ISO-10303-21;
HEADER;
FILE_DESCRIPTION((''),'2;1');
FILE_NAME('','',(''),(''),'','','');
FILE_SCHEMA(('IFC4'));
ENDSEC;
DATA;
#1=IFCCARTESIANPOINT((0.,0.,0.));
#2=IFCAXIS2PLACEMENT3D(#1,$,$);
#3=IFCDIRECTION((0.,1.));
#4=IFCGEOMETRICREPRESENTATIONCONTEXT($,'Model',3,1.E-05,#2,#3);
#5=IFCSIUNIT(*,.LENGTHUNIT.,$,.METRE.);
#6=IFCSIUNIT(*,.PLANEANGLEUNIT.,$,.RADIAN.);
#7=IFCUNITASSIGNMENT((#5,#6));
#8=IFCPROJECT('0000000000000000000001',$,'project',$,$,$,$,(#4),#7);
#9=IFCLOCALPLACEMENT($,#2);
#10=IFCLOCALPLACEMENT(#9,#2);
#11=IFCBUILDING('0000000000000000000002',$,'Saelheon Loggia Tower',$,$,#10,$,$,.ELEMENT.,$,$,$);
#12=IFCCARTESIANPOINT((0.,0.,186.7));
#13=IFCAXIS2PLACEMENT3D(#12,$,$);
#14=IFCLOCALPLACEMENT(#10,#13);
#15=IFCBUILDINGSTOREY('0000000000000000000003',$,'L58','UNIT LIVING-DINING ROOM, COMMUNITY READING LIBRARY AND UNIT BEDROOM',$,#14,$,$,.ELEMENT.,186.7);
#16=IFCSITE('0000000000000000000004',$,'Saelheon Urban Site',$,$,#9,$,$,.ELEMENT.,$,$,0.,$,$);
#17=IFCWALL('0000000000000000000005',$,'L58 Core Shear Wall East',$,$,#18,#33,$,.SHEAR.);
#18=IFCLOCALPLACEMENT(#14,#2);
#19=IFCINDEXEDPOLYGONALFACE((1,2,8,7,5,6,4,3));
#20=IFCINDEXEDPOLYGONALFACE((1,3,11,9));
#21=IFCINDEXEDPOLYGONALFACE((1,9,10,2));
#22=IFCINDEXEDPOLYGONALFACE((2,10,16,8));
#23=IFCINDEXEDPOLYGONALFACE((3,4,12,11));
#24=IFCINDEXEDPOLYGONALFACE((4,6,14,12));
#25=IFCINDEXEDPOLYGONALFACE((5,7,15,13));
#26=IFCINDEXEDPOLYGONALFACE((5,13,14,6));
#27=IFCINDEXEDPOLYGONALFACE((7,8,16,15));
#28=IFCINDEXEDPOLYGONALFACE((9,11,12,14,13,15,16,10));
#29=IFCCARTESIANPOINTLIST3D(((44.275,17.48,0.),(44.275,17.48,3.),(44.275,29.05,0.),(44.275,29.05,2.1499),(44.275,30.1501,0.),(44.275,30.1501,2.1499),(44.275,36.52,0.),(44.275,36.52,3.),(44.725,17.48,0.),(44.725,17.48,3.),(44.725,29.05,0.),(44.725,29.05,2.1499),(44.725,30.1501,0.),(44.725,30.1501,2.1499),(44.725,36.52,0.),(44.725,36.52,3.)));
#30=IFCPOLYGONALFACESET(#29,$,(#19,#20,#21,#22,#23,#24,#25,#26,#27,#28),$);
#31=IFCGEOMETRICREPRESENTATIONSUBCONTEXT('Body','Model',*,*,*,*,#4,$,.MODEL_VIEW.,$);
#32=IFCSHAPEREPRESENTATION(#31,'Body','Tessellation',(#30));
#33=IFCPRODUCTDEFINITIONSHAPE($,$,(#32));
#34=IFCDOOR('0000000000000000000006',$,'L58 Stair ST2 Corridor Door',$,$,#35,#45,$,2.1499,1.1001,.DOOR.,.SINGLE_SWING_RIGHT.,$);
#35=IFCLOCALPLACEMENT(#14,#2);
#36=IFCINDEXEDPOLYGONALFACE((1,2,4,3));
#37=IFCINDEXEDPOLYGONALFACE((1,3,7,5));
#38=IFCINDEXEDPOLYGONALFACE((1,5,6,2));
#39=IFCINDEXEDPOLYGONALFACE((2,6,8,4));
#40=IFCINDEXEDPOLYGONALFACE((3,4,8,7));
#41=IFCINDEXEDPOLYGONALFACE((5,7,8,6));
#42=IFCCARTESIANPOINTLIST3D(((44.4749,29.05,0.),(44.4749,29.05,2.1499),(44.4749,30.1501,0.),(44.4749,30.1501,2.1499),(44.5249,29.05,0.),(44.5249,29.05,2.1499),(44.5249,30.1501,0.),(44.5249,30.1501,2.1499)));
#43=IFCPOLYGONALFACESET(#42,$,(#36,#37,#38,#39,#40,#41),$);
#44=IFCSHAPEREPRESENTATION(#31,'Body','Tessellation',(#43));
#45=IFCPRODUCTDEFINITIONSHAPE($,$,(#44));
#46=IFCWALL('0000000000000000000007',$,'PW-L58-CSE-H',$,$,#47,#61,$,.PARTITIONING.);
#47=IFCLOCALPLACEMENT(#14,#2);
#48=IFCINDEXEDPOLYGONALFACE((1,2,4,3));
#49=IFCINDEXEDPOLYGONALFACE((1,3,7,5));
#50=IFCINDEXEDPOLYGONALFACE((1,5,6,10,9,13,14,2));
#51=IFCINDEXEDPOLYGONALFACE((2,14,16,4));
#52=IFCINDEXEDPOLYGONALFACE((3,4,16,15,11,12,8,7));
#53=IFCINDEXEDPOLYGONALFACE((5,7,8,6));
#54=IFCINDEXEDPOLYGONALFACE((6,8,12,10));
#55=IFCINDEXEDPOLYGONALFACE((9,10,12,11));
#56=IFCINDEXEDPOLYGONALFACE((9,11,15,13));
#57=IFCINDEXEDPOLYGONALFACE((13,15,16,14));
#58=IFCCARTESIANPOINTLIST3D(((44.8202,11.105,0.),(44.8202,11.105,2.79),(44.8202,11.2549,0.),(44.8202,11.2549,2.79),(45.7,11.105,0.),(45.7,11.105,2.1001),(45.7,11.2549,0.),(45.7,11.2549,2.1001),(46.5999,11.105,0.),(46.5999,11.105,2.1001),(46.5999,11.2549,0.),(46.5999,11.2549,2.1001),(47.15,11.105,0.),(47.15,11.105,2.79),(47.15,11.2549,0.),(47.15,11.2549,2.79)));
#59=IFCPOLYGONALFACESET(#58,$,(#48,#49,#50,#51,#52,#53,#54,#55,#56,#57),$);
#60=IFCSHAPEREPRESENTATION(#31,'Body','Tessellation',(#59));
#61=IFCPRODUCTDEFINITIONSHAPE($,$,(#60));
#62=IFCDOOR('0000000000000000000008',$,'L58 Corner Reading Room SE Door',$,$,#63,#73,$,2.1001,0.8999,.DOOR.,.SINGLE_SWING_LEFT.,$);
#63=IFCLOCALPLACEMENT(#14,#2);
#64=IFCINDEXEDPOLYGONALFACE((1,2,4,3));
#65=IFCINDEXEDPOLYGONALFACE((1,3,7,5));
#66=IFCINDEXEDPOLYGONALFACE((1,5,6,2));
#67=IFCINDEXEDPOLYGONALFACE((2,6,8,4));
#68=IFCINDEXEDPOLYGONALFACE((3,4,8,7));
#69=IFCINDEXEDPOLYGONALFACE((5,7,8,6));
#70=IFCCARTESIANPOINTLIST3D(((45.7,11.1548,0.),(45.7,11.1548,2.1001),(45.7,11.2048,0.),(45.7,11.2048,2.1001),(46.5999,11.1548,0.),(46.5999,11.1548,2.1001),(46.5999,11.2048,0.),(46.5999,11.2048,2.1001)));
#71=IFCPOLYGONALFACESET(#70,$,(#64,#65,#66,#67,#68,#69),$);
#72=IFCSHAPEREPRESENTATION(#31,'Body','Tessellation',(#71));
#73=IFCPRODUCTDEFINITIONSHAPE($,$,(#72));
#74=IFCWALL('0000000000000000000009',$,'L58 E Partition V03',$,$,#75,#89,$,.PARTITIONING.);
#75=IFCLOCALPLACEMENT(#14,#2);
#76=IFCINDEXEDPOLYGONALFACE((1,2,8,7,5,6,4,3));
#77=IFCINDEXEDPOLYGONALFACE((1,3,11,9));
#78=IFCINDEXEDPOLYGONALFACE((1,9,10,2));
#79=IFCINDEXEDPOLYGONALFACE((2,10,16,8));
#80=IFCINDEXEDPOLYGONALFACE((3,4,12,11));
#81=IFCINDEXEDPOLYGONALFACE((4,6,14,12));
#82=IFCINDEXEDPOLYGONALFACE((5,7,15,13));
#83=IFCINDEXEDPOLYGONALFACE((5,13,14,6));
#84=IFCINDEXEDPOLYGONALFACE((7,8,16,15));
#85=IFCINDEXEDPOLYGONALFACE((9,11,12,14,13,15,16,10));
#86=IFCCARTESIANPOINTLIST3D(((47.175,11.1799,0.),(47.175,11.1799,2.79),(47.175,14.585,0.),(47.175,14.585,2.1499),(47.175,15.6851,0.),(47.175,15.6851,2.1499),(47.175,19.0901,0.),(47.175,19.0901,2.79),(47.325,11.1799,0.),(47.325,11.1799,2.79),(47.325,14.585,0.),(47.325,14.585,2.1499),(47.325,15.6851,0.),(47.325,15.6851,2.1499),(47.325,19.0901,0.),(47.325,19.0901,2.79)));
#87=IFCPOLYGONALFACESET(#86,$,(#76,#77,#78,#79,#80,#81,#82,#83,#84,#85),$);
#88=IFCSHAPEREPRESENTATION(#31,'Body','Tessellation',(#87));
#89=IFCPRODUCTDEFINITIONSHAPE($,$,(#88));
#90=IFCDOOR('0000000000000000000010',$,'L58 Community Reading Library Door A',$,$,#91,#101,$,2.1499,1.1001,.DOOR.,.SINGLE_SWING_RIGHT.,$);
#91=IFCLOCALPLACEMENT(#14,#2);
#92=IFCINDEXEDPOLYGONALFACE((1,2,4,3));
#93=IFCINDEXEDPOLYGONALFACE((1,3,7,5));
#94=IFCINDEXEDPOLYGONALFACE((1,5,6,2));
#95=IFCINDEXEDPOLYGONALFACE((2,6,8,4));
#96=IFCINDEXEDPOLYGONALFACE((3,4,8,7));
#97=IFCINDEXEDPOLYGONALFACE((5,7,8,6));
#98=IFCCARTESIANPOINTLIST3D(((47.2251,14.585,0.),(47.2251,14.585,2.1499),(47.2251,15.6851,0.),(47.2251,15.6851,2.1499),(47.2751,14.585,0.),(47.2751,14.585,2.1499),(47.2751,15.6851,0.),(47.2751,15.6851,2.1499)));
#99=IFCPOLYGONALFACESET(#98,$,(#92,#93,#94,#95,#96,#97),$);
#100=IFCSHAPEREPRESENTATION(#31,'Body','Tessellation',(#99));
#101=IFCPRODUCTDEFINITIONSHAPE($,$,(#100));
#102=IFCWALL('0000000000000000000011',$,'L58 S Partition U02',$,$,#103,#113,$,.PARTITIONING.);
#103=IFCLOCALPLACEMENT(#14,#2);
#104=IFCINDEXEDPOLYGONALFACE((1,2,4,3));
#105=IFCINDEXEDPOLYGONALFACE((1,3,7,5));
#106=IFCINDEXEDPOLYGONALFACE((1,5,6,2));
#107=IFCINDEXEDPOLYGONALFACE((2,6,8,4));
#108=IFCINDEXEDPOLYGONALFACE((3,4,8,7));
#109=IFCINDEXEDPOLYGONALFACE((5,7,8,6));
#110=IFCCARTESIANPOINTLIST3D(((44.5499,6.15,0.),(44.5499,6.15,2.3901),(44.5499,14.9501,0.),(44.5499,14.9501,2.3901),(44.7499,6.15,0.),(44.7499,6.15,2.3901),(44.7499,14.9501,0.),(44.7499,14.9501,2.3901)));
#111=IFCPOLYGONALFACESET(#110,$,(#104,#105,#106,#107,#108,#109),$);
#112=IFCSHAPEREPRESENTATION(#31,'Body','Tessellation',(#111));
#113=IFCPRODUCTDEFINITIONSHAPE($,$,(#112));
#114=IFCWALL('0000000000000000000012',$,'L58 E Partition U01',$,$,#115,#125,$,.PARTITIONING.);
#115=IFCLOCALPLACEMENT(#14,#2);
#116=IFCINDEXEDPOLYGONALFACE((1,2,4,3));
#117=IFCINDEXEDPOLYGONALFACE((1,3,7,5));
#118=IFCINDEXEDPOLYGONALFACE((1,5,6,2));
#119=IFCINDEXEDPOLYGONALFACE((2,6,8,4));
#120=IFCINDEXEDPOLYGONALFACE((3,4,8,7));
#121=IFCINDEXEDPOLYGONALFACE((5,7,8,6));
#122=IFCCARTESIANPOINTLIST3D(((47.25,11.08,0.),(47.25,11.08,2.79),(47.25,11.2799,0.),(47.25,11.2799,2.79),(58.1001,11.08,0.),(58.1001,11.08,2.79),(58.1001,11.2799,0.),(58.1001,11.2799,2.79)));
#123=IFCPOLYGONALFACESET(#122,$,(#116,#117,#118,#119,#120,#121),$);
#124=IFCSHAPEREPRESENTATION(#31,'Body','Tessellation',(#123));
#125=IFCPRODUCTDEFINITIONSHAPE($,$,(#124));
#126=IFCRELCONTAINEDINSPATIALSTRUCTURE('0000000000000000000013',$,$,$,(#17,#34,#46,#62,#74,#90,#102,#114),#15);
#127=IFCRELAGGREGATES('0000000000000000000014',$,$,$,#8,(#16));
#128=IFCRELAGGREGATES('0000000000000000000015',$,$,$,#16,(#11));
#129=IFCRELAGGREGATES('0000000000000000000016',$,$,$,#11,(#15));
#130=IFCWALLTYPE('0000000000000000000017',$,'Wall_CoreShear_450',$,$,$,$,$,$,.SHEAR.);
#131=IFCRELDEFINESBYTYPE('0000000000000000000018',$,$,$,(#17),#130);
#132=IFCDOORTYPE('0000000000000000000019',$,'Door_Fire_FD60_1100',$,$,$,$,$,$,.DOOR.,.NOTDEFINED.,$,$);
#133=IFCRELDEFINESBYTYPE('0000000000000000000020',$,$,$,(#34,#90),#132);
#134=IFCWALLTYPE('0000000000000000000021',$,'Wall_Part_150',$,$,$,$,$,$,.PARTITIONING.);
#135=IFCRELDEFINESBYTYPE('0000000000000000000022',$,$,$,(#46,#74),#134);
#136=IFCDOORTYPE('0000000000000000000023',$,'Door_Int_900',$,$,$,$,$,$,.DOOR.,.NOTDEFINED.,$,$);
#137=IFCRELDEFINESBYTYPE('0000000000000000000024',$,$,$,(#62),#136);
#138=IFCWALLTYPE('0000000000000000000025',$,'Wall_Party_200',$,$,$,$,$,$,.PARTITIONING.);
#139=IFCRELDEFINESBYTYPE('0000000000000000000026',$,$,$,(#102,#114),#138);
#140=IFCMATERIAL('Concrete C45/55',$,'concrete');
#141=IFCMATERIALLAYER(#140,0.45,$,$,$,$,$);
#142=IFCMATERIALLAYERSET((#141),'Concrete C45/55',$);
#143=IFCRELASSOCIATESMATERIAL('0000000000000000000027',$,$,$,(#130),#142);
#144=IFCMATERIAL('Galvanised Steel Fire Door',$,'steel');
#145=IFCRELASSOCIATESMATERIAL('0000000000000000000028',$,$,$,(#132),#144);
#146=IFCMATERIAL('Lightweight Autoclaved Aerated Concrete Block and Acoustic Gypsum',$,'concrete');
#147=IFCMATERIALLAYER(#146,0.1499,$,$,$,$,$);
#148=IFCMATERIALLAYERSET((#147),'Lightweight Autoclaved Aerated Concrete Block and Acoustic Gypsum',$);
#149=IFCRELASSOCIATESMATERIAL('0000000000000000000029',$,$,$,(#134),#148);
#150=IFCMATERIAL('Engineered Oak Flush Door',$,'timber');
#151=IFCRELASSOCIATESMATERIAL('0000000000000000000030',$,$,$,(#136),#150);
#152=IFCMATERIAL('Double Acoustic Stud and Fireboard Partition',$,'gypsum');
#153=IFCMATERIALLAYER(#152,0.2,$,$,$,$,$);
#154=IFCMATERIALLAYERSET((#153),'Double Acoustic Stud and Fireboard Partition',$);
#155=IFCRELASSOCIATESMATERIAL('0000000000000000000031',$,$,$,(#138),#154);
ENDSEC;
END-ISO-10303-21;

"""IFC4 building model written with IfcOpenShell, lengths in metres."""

from ifc_helpers import new_model, si_unit, direction, frame, frame_2d, origin, place, context, subcontext, project, spatial, rectangle, extrude, source, transform, mapped, material, layer, layer_set, type_object, element, fill, save


model = new_model("IFC4")

# Units and contexts
model_context = context("Model", 3, precision=1e-05, world=origin(), true_north=direction((0.0, 1.0)))
body_context = subcontext(model_context, "Body", "Model", "MODEL_VIEW")
ifc_project = project(units=[si_unit("LENGTHUNIT", "METRE"), si_unit("PLANEANGLEUNIT", "RADIAN")], contexts=[model_context])

# Site, building, storey
site_placement = place(None, origin())
site = spatial("IfcSite", under=ifc_project, at=site_placement, Name="Saelheon Urban Site", CompositionType="ELEMENT", RefElevation=0.0)
building_placement = place(site_placement, origin())
building = spatial("IfcBuilding", under=site, at=building_placement, Name="Saelheon Loggia Tower", CompositionType="ELEMENT")
storey_placement = place(building_placement, frame((0.0, 0.0, 186.7)))
storey = spatial("IfcBuildingStorey", under=building, at=storey_placement, Name="L58", Description="UNIT LIVING-DINING ROOM, COMMUNITY READING LIBRARY AND UNIT BEDROOM", CompositionType="ELEMENT", Elevation=186.7)

# Shared definitions
ifc_material_1 = material(Name="Concrete C45/55", Category="concrete")

# Walls, openings, doors
ifc_layer_1 = layer(ifc_material_1, 0.45)
ifc_layer_set_1 = layer_set([ifc_layer_1], Name="Concrete C45/55")
wall_type_1 = type_object("IfcWallType", Name="Wall_CoreShear_450", PredefinedType="SHEAR", material=ifc_layer_set_1)
wall_1_placement = place(storey_placement, frame((44.5, 17.48, 0.0), z_axis=(0.0, 0.0, 1.0), x_axis=(0.0, 1.0, 0.0)))
wall_1 = element("IfcWall", 1, at=wall_1_placement, inside=storey, type_object=wall_type_1, Name="L58 Core Shear Wall East", PredefinedType="SHEAR", context=body_context, shape_type="SweptSolid", body=[
    extrude(rectangle(XDim=19.04, YDim=0.45, at=frame_2d((9.52, 0.0))), origin(), (0.0, 0.0, 1.0), 3.0),
])
opening_1_placement = place(wall_1_placement, frame((12.6702, 0.0, 0.0), z_axis=(0.0, 0.0, 1.0), x_axis=(-1.0, 0.0, 0.0)))
opening_1 = element("IfcOpeningElement", 2, at=opening_1_placement, cuts=wall_1, PredefinedType="OPENING", context=body_context, shape_type="SweptSolid", body=[
    extrude(rectangle(XDim=1.1001, YDim=2.1499, at=frame_2d((0.55, 1.075))), frame((0.0, 0.2371, 0.0), z_axis=(0.0, -1.0, 0.0), x_axis=(1.0, 0.0, 0.0)), (0.0, 0.0, 1.0), 0.4739),
])
ifc_material_2 = material(Name="Galvanised Steel Fire Door", Category="steel")
door_type_1 = type_object("IfcDoorType", Name="Door_Fire_FD60_1100", OperationType="NOTDEFINED", PredefinedType="DOOR", material=ifc_material_2)
shared_shape_1 = source(origin(), body_context, "Body", "SweptSolid", [
    extrude(rectangle(XDim=1.1001, YDim=2.1499, at=frame_2d((0.55, 1.075))), frame((0.0, 0.0249, 0.0), z_axis=(0.0, -1.0, 0.0), x_axis=(1.0, 0.0, 0.0)), (0.0, 0.0, 1.0), 0.05),
])
door_1_placement = place(opening_1_placement, origin())
door_1 = element("IfcDoor", 3, at=door_1_placement, inside=storey, type_object=door_type_1, Name="L58 Stair ST2 Corridor Door", OperationType="SINGLE_SWING_RIGHT", OverallHeight=2.1499, OverallWidth=1.1001, PredefinedType="DOOR", context=body_context, shape_type="MappedRepresentation", body=[
    mapped(shared_shape_1, transform((0.0, 0.0, 0.0), scale=1.0)),
])
fill(opening_1, door_1)
ifc_material_3 = material(Name="Lightweight Autoclaved Aerated Concrete Block and Acoustic Gypsum", Category="concrete")
ifc_layer_2 = layer(ifc_material_3, 0.1499)
ifc_layer_set_2 = layer_set([ifc_layer_2], Name="Lightweight Autoclaved Aerated Concrete Block and Acoustic Gypsum")
wall_type_2 = type_object("IfcWallType", Name="Wall_Part_150", PredefinedType="PARTITIONING", material=ifc_layer_set_2)
wall_2_placement = place(storey_placement, frame((44.8201, 11.1799, 0.0), z_axis=(0.0, 0.0, 1.0), x_axis=(1.0, 0.0, 0.0)))
wall_2 = element("IfcWall", 4, at=wall_2_placement, inside=storey, type_object=wall_type_2, Name="PW-L58-CSE-H", PredefinedType="PARTITIONING", context=body_context, shape_type="SweptSolid", body=[
    extrude(rectangle(XDim=2.3298, YDim=0.1499, at=frame_2d((1.165, 0.0))), origin(), (0.0, 0.0, 1.0), 2.79),
])
opening_2_placement = place(wall_2_placement, frame((0.8799, 0.0, 0.0)))
opening_2 = element("IfcOpeningElement", 5, at=opening_2_placement, cuts=wall_2, PredefinedType="OPENING", context=body_context, shape_type="SweptSolid", body=[
    extrude(rectangle(XDim=0.8999, YDim=2.1001, at=frame_2d((0.45, 1.05))), frame((0.0, 0.0869, 0.0), z_axis=(0.0, -1.0, 0.0), x_axis=(1.0, 0.0, 0.0)), (0.0, 0.0, 1.0), 0.1738),
])
ifc_material_4 = material(Name="Engineered Oak Flush Door", Category="timber")
door_type_2 = type_object("IfcDoorType", Name="Door_Int_900", OperationType="NOTDEFINED", PredefinedType="DOOR", material=ifc_material_4)
shared_shape_2 = source(origin(), body_context, "Body", "SweptSolid", [
    extrude(rectangle(XDim=0.8999, YDim=2.1001, at=frame_2d((0.45, 1.05))), frame((0.0, 0.0249, 0.0), z_axis=(0.0, -1.0, 0.0), x_axis=(1.0, 0.0, 0.0)), (0.0, 0.0, 1.0), 0.05),
])
door_2_placement = place(opening_2_placement, origin())
door_2 = element("IfcDoor", 6, at=door_2_placement, inside=storey, type_object=door_type_2, Name="L58 Corner Reading Room SE Door", OperationType="SINGLE_SWING_LEFT", OverallHeight=2.1001, OverallWidth=0.8999, PredefinedType="DOOR", context=body_context, shape_type="MappedRepresentation", body=[
    mapped(shared_shape_2, transform((0.0, 0.0, 0.0), scale=1.0)),
])
fill(opening_2, door_2)
wall_3_placement = place(storey_placement, frame((47.25, 11.1799, 0.0), z_axis=(0.0, 0.0, 1.0), x_axis=(0.0, 1.0, 0.0)))
wall_3 = element("IfcWall", 7, at=wall_3_placement, inside=storey, type_object=wall_type_2, Name="L58 E Partition V03", PredefinedType="PARTITIONING", context=body_context, shape_type="SweptSolid", body=[
    extrude(rectangle(XDim=7.9102, YDim=0.1499, at=frame_2d((3.9551, 0.0))), origin(), (0.0, 0.0, 1.0), 2.79),
])
opening_3_placement = place(wall_3_placement, frame((3.405, 0.0, 0.0)))
opening_3 = element("IfcOpeningElement", 8, at=opening_3_placement, cuts=wall_3, PredefinedType="OPENING", context=body_context, shape_type="SweptSolid", body=[
    extrude(rectangle(XDim=1.1001, YDim=2.1499, at=frame_2d((0.55, 1.075))), frame((0.0, 0.0869, 0.0), z_axis=(0.0, -1.0, 0.0), x_axis=(1.0, 0.0, 0.0)), (0.0, 0.0, 1.0), 0.1738),
])
door_3_placement = place(opening_3_placement, origin())
door_3 = element("IfcDoor", 9, at=door_3_placement, inside=storey, type_object=door_type_1, Name="L58 Community Reading Library Door A", OperationType="SINGLE_SWING_RIGHT", OverallHeight=2.1499, OverallWidth=1.1001, PredefinedType="DOOR", context=body_context, shape_type="MappedRepresentation", body=[
    mapped(shared_shape_1, transform((0.0, 0.0, 0.0), scale=1.0)),
])
fill(opening_3, door_3)

# Walls
ifc_material_5 = material(Name="Double Acoustic Stud and Fireboard Partition", Category="gypsum")
ifc_layer_3 = layer(ifc_material_5, 0.2)
ifc_layer_set_3 = layer_set([ifc_layer_3], Name="Double Acoustic Stud and Fireboard Partition")
wall_type_3 = type_object("IfcWallType", Name="Wall_Party_200", PredefinedType="PARTITIONING", material=ifc_layer_set_3)
wall_4_placement = place(storey_placement, frame((44.6499, 14.95, 0.0), z_axis=(0.0, 0.0, 1.0), x_axis=(0.0, -1.0, 0.0)))
element("IfcWall", 10, at=wall_4_placement, inside=storey, type_object=wall_type_3, Name="L58 S Partition U02", PredefinedType="PARTITIONING", context=body_context, shape_type="SweptSolid", body=[
    extrude(rectangle(XDim=8.8, YDim=0.2, at=frame_2d((4.3999, 0.0))), origin(), (0.0, 0.0, 1.0), 2.3901),
])
wall_5_placement = place(storey_placement, frame((47.25, 11.1799, 0.0), z_axis=(0.0, 0.0, 1.0), x_axis=(1.0, 0.0, 0.0)))
element("IfcWall", 11, at=wall_5_placement, inside=storey, type_object=wall_type_3, Name="L58 E Partition U01", PredefinedType="PARTITIONING", context=body_context, shape_type="SweptSolid", body=[
    extrude(rectangle(XDim=10.8501, YDim=0.2, at=frame_2d((5.425, 0.0))), origin(), (0.0, 0.0, 1.0), 2.79),
])

save(model, "model.ifc")
